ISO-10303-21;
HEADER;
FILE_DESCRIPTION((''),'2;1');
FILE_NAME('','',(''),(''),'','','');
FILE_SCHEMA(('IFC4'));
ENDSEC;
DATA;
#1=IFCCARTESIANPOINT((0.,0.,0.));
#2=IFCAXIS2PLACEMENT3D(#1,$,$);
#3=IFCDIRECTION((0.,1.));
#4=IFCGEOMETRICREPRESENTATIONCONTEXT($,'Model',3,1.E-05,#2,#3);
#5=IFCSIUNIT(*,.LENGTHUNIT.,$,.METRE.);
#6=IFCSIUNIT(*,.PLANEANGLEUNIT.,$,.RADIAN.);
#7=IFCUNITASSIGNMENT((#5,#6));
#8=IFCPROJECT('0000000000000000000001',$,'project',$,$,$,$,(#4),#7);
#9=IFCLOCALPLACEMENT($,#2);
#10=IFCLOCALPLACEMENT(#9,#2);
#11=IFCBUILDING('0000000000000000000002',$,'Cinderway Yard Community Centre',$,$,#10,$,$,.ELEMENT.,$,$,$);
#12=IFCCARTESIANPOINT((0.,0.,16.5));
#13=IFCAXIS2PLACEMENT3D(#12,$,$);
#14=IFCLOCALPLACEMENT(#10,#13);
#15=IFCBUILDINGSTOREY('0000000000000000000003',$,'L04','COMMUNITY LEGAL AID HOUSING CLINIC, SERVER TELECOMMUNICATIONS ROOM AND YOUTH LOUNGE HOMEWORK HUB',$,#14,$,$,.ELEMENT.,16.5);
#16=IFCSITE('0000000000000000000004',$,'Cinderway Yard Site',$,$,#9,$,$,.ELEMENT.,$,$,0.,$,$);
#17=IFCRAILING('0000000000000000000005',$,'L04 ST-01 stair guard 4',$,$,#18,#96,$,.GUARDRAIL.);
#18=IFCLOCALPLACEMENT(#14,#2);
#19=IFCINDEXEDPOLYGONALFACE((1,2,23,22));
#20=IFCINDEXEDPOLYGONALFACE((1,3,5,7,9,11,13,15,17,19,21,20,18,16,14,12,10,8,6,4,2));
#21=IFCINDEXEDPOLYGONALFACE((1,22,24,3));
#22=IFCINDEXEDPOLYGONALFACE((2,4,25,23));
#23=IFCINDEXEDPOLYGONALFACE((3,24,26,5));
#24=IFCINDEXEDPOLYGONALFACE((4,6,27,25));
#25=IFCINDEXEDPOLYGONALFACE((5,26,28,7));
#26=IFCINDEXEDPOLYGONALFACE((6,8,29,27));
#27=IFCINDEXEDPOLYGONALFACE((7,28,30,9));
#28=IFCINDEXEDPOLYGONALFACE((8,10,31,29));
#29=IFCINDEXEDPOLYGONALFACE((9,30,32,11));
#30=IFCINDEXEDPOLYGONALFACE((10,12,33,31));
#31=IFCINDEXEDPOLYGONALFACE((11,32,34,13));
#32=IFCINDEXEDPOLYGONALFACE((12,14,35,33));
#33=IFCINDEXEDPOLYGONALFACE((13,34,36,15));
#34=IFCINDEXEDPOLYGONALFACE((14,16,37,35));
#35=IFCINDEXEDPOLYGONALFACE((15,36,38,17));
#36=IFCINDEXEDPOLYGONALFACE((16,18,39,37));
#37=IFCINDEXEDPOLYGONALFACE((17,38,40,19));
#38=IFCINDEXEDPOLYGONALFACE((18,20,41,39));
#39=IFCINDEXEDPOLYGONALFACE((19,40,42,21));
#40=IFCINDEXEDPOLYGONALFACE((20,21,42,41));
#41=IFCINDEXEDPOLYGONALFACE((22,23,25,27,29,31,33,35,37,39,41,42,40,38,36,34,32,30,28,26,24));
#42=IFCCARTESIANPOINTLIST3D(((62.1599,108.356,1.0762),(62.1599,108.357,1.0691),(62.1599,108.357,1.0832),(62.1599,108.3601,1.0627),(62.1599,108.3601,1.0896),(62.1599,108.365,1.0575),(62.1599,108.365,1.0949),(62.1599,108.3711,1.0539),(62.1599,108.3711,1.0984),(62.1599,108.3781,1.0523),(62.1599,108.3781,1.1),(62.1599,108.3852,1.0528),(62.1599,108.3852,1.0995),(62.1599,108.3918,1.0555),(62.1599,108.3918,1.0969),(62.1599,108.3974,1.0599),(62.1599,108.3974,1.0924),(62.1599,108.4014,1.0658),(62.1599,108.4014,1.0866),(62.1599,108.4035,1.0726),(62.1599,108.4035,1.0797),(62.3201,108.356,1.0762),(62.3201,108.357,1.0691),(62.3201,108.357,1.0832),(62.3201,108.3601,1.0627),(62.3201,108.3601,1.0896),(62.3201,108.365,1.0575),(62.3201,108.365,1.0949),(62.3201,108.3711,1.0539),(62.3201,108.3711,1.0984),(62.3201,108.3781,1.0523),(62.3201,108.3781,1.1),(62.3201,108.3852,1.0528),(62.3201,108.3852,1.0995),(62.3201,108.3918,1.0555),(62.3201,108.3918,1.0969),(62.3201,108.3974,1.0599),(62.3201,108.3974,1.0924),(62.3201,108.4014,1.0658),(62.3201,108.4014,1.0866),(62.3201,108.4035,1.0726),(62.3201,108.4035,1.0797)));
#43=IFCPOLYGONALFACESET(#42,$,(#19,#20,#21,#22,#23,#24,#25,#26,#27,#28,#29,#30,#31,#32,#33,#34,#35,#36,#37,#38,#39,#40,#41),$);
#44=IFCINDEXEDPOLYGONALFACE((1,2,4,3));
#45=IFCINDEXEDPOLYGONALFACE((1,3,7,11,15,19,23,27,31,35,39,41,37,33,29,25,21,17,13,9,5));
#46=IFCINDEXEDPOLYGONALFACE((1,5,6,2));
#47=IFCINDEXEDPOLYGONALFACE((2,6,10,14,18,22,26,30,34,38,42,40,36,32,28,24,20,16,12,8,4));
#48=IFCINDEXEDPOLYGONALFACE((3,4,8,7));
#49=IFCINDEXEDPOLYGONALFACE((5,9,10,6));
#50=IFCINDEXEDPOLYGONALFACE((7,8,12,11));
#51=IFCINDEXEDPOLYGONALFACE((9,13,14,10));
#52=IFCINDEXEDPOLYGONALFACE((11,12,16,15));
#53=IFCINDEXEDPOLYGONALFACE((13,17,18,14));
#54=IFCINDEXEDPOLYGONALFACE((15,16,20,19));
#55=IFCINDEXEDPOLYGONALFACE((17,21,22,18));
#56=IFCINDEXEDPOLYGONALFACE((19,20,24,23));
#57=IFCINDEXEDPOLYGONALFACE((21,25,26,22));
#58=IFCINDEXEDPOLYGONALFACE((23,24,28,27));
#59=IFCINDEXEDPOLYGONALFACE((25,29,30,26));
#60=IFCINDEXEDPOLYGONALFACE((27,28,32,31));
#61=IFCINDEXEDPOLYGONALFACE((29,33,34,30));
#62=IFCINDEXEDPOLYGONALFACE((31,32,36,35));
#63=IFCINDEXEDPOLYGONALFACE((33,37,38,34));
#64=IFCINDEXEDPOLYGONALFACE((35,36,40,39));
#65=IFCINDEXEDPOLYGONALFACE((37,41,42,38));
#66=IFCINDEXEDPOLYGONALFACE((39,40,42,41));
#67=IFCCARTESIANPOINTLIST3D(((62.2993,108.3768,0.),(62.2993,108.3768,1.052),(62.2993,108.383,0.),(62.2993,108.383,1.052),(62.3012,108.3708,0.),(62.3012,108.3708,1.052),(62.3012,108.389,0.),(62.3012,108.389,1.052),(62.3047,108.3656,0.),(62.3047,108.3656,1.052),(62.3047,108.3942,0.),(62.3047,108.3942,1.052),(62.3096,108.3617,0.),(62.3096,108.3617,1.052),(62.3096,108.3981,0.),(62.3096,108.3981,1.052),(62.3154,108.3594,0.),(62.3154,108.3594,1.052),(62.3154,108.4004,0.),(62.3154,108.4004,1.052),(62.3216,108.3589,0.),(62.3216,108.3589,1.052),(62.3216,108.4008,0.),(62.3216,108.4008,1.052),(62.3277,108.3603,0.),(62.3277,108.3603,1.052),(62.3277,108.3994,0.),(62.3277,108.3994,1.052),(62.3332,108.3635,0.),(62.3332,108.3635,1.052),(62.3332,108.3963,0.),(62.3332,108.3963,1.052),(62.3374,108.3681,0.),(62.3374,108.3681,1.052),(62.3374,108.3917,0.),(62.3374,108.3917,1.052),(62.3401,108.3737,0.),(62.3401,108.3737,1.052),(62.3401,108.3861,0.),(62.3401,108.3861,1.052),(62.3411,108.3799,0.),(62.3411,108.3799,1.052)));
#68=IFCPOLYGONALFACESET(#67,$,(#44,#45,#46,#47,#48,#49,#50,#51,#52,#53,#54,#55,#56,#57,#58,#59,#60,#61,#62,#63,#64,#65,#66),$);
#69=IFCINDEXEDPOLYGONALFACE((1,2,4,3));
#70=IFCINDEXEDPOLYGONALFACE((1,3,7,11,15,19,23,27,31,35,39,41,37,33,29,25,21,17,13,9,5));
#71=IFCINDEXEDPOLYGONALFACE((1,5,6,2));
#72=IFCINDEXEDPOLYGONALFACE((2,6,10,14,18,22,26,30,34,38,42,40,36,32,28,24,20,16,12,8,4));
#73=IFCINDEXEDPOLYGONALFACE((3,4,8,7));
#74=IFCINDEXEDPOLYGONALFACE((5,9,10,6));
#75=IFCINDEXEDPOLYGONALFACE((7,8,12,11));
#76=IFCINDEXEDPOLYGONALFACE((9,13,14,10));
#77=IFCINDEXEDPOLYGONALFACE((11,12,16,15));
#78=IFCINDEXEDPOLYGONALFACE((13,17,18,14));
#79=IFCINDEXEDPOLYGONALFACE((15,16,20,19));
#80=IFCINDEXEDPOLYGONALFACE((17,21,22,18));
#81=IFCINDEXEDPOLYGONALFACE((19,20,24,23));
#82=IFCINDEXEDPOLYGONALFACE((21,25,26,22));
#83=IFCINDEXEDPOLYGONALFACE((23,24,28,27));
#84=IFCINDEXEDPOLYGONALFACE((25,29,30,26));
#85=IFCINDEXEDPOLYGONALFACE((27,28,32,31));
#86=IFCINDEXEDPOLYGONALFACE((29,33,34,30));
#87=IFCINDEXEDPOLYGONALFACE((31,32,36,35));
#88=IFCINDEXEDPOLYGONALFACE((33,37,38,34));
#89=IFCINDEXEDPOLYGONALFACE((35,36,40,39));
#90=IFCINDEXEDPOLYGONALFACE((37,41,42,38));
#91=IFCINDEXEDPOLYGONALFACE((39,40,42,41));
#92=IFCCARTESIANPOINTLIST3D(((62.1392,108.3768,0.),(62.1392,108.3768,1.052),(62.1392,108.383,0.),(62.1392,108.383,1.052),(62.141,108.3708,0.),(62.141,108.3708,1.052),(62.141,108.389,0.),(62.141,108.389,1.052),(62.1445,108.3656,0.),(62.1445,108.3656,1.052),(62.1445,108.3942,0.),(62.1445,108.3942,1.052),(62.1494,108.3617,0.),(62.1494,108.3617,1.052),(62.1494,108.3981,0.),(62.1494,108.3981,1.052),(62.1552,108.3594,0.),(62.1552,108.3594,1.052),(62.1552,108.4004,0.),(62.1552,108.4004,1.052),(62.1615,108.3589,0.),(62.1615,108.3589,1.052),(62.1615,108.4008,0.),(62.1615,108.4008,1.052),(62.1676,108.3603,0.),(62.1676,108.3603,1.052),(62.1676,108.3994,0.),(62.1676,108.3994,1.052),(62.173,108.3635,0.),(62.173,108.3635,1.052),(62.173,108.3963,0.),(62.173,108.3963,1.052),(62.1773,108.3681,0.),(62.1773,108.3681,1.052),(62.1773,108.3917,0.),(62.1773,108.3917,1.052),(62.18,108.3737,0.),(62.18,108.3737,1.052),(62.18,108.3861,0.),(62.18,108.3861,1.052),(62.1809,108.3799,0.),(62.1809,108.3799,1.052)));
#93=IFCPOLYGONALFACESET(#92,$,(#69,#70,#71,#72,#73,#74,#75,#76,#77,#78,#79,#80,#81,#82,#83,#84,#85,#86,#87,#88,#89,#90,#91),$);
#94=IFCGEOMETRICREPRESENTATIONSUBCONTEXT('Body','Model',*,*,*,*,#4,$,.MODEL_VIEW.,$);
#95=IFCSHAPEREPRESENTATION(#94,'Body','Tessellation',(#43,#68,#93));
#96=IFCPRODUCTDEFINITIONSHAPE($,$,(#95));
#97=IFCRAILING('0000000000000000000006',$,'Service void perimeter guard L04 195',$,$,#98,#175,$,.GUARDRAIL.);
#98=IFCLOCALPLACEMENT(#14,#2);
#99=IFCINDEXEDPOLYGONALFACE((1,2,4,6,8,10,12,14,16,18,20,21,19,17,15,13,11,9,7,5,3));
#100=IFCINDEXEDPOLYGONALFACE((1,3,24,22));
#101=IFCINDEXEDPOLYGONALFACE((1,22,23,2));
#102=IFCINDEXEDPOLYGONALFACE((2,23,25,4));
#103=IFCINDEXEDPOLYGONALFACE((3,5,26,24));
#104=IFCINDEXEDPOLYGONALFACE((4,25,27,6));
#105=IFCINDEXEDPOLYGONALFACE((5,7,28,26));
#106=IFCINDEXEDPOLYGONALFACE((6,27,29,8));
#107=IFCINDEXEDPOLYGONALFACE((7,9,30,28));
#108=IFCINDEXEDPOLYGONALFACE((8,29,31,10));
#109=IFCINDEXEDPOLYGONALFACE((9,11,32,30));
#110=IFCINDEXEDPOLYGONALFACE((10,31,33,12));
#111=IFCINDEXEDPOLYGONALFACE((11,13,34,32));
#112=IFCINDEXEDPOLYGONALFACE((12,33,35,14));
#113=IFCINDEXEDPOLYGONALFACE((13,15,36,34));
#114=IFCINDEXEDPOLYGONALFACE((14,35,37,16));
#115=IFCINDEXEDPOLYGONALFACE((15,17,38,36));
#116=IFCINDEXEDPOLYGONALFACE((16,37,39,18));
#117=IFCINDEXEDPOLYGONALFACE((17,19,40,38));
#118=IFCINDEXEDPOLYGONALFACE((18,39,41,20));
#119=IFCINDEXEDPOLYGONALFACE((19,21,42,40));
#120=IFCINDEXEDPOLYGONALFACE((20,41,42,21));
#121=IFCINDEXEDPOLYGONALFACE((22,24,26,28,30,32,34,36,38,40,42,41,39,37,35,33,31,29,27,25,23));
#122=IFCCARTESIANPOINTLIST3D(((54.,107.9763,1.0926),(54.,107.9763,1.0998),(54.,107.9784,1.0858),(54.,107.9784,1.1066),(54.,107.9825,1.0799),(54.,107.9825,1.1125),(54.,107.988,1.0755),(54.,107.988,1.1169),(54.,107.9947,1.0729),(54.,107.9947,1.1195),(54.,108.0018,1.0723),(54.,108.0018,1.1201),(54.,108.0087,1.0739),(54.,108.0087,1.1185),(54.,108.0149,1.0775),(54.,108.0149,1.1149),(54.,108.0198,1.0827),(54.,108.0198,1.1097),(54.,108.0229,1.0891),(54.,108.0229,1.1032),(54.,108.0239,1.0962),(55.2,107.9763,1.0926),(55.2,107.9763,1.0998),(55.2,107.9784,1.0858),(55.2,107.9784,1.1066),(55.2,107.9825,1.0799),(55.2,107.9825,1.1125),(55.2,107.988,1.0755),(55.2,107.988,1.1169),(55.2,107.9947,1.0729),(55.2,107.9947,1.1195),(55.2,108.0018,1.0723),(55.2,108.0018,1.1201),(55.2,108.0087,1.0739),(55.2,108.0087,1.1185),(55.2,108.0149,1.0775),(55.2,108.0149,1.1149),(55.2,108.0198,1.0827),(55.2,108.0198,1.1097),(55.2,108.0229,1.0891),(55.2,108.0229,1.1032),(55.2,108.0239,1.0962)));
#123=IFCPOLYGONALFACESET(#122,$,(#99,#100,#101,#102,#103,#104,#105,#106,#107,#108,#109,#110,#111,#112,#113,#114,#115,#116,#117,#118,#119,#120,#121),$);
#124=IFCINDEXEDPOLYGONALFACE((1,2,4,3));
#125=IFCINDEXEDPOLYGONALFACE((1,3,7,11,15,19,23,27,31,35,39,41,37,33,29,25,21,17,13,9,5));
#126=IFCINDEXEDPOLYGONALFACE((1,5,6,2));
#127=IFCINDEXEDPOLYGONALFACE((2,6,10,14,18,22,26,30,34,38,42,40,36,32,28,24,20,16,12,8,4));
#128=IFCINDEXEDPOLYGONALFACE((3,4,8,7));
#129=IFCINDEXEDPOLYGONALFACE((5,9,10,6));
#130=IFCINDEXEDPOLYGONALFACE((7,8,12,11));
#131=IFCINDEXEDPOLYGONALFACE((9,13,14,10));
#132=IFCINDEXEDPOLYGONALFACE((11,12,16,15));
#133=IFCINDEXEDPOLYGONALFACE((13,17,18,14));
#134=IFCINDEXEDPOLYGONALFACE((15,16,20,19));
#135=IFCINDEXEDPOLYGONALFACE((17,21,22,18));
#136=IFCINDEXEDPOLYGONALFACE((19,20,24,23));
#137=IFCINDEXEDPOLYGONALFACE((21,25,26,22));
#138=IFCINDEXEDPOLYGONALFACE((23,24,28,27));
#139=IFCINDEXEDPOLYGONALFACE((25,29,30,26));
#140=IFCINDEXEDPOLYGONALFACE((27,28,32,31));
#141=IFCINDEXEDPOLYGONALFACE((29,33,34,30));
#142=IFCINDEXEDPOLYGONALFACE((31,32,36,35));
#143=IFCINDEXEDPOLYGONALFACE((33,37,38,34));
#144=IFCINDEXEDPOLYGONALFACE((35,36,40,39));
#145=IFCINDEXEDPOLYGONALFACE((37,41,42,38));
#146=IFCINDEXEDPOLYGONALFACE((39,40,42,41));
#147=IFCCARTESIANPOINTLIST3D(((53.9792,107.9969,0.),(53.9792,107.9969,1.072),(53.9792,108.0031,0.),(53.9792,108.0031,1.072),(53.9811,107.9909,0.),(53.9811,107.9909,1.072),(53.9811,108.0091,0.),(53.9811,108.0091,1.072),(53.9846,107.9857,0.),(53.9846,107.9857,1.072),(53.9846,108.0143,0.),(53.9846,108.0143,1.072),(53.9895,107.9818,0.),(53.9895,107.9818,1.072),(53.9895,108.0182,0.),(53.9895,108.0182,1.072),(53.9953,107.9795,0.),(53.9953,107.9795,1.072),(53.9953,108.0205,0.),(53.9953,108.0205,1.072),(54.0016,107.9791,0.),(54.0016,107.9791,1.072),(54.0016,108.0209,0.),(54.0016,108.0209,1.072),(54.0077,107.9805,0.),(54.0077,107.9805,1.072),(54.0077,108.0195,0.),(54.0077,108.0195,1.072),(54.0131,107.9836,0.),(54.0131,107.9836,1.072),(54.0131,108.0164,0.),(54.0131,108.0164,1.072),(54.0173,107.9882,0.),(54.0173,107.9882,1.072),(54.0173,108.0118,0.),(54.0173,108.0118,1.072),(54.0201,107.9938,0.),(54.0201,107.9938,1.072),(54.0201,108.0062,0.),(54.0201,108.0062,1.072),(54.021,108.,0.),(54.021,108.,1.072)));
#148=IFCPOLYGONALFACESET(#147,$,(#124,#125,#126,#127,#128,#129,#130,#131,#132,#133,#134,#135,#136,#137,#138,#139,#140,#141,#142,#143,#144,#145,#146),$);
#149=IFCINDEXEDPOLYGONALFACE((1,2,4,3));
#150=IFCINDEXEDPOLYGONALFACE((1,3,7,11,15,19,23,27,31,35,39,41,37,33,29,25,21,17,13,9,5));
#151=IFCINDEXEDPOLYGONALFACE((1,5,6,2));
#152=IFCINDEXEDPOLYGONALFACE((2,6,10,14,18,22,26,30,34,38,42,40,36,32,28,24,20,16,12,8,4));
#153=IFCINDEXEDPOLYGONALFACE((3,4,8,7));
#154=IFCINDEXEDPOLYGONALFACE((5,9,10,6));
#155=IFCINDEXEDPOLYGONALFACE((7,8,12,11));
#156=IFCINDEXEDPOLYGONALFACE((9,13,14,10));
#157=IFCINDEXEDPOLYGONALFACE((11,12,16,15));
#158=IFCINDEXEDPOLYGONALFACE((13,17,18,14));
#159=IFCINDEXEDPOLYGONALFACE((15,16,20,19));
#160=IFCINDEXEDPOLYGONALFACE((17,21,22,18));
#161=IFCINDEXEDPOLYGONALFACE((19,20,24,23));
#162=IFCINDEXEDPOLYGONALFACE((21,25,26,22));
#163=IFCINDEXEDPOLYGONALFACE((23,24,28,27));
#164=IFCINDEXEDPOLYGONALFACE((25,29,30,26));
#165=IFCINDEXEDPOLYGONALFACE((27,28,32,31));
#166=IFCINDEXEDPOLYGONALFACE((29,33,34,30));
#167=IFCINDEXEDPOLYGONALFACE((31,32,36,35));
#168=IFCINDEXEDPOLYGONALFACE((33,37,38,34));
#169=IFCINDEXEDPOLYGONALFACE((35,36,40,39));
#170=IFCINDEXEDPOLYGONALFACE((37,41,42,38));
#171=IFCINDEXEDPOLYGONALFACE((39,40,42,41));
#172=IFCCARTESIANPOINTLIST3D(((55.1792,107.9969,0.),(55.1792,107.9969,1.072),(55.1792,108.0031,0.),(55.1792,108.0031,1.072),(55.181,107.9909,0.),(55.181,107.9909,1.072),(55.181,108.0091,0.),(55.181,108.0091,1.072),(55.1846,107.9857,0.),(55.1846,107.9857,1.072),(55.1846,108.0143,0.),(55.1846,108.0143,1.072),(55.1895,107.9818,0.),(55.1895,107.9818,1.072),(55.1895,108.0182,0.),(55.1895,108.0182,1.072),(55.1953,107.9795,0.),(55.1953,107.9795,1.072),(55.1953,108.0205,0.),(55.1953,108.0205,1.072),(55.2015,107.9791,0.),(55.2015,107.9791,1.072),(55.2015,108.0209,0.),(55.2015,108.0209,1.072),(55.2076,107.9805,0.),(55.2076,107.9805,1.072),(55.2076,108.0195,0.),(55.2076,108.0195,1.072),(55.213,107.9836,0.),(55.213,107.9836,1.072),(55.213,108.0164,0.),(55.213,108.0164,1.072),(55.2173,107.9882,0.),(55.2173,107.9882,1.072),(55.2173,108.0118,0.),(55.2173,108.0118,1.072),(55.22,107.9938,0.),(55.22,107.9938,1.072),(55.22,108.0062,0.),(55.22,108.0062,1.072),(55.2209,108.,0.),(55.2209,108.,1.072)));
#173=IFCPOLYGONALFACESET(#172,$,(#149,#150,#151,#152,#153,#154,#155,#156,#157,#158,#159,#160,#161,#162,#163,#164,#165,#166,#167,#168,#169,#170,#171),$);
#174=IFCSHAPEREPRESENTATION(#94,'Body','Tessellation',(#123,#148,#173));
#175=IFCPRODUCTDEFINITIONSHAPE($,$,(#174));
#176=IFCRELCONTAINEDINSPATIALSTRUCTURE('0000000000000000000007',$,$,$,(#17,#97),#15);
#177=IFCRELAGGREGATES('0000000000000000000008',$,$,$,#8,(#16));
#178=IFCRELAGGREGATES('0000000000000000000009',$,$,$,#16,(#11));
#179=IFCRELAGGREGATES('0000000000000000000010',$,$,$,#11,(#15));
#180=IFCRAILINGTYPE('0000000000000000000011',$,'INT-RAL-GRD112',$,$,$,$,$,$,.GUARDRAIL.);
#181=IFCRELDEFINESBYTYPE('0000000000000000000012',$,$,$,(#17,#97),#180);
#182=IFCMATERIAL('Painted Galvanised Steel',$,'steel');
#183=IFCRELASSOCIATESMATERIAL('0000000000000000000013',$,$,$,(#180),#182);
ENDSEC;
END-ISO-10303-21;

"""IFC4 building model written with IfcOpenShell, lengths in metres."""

from ifc_helpers import new_model, si_unit, direction, frame, origin, origin_2d, place, context, subcontext, project, spatial, circle, extrude, material, type_object, element, save


model = new_model("IFC4")

# Units and contexts
model_context = context("Model", 3, precision=1e-05, world=origin(), true_north=direction((0.0, 1.0)))
body_context = subcontext(model_context, "Body", "Model", "MODEL_VIEW")
ifc_project = project(units=[si_unit("LENGTHUNIT", "METRE"), si_unit("PLANEANGLEUNIT", "RADIAN")], contexts=[model_context])

# Site, building, storey
site_placement = place(None, origin())
site = spatial("IfcSite", under=ifc_project, at=site_placement, Name="Cinderway Yard Site", CompositionType="ELEMENT", RefElevation=0.0)
building_placement = place(site_placement, origin())
building = spatial("IfcBuilding", under=site, at=building_placement, Name="Cinderway Yard Community Centre", CompositionType="ELEMENT")
storey_placement = place(building_placement, frame((0.0, 0.0, 16.5)))
storey = spatial("IfcBuildingStorey", under=building, at=storey_placement, Name="L04", Description="COMMUNITY LEGAL AID HOUSING CLINIC, SERVER TELECOMMUNICATIONS ROOM AND YOUTH LOUNGE HOMEWORK HUB", CompositionType="ELEMENT", Elevation=16.5)

# Shared definitions
ifc_material_1 = material(Name="Painted Galvanised Steel", Category="steel")

# Railings
railing_type = type_object("IfcRailingType", Name="INT-RAL-GRD112", PredefinedType="GUARDRAIL", material=ifc_material_1)
railing_1_placement = place(storey_placement, frame((62.3201, 108.3799, 0.0)))
element("IfcRailing", 1, at=railing_1_placement, inside=storey, type_object=railing_type, Name="L04 ST-01 stair guard 4", PredefinedType="GUARDRAIL", context=body_context, shape_type="SweptSolid", body=[
    extrude(circle(Radius=0.0239, at=origin_2d()), frame((0.0, 0.0, 1.0762), z_axis=(-1.0, 0.0, 0.0), x_axis=(0.0, -1.0, 0.0)), (0.0, 0.0, 1.0), 0.1602),
    extrude(circle(Radius=0.021, at=origin_2d()), origin(), (0.0, 0.0, 1.0), 1.052),
    extrude(circle(Radius=0.021, at=origin_2d()), frame((-0.1602, 0.0, 0.0)), (0.0, 0.0, 1.0), 1.052),
])
railing_2_placement = place(storey_placement, frame((54.0, 108.0, 0.0)))
element("IfcRailing", 2, at=railing_2_placement, inside=storey, type_object=railing_type, Name="Service void perimeter guard L04 195", PredefinedType="GUARDRAIL", context=body_context, shape_type="SweptSolid", body=[
    extrude(circle(Radius=0.0239, at=origin_2d()), frame((0.0, 0.0, 1.0962), z_axis=(1.0, 0.0, 0.0), x_axis=(0.0, 1.0, 0.0)), (0.0, 0.0, 1.0), 1.2),
    extrude(circle(Radius=0.021, at=origin_2d()), origin(), (0.0, 0.0, 1.0), 1.072),
    extrude(circle(Radius=0.021, at=origin_2d()), frame((1.2, 0.0, 0.0)), (0.0, 0.0, 1.0), 1.072),
])

save(model, "model.ifc")
